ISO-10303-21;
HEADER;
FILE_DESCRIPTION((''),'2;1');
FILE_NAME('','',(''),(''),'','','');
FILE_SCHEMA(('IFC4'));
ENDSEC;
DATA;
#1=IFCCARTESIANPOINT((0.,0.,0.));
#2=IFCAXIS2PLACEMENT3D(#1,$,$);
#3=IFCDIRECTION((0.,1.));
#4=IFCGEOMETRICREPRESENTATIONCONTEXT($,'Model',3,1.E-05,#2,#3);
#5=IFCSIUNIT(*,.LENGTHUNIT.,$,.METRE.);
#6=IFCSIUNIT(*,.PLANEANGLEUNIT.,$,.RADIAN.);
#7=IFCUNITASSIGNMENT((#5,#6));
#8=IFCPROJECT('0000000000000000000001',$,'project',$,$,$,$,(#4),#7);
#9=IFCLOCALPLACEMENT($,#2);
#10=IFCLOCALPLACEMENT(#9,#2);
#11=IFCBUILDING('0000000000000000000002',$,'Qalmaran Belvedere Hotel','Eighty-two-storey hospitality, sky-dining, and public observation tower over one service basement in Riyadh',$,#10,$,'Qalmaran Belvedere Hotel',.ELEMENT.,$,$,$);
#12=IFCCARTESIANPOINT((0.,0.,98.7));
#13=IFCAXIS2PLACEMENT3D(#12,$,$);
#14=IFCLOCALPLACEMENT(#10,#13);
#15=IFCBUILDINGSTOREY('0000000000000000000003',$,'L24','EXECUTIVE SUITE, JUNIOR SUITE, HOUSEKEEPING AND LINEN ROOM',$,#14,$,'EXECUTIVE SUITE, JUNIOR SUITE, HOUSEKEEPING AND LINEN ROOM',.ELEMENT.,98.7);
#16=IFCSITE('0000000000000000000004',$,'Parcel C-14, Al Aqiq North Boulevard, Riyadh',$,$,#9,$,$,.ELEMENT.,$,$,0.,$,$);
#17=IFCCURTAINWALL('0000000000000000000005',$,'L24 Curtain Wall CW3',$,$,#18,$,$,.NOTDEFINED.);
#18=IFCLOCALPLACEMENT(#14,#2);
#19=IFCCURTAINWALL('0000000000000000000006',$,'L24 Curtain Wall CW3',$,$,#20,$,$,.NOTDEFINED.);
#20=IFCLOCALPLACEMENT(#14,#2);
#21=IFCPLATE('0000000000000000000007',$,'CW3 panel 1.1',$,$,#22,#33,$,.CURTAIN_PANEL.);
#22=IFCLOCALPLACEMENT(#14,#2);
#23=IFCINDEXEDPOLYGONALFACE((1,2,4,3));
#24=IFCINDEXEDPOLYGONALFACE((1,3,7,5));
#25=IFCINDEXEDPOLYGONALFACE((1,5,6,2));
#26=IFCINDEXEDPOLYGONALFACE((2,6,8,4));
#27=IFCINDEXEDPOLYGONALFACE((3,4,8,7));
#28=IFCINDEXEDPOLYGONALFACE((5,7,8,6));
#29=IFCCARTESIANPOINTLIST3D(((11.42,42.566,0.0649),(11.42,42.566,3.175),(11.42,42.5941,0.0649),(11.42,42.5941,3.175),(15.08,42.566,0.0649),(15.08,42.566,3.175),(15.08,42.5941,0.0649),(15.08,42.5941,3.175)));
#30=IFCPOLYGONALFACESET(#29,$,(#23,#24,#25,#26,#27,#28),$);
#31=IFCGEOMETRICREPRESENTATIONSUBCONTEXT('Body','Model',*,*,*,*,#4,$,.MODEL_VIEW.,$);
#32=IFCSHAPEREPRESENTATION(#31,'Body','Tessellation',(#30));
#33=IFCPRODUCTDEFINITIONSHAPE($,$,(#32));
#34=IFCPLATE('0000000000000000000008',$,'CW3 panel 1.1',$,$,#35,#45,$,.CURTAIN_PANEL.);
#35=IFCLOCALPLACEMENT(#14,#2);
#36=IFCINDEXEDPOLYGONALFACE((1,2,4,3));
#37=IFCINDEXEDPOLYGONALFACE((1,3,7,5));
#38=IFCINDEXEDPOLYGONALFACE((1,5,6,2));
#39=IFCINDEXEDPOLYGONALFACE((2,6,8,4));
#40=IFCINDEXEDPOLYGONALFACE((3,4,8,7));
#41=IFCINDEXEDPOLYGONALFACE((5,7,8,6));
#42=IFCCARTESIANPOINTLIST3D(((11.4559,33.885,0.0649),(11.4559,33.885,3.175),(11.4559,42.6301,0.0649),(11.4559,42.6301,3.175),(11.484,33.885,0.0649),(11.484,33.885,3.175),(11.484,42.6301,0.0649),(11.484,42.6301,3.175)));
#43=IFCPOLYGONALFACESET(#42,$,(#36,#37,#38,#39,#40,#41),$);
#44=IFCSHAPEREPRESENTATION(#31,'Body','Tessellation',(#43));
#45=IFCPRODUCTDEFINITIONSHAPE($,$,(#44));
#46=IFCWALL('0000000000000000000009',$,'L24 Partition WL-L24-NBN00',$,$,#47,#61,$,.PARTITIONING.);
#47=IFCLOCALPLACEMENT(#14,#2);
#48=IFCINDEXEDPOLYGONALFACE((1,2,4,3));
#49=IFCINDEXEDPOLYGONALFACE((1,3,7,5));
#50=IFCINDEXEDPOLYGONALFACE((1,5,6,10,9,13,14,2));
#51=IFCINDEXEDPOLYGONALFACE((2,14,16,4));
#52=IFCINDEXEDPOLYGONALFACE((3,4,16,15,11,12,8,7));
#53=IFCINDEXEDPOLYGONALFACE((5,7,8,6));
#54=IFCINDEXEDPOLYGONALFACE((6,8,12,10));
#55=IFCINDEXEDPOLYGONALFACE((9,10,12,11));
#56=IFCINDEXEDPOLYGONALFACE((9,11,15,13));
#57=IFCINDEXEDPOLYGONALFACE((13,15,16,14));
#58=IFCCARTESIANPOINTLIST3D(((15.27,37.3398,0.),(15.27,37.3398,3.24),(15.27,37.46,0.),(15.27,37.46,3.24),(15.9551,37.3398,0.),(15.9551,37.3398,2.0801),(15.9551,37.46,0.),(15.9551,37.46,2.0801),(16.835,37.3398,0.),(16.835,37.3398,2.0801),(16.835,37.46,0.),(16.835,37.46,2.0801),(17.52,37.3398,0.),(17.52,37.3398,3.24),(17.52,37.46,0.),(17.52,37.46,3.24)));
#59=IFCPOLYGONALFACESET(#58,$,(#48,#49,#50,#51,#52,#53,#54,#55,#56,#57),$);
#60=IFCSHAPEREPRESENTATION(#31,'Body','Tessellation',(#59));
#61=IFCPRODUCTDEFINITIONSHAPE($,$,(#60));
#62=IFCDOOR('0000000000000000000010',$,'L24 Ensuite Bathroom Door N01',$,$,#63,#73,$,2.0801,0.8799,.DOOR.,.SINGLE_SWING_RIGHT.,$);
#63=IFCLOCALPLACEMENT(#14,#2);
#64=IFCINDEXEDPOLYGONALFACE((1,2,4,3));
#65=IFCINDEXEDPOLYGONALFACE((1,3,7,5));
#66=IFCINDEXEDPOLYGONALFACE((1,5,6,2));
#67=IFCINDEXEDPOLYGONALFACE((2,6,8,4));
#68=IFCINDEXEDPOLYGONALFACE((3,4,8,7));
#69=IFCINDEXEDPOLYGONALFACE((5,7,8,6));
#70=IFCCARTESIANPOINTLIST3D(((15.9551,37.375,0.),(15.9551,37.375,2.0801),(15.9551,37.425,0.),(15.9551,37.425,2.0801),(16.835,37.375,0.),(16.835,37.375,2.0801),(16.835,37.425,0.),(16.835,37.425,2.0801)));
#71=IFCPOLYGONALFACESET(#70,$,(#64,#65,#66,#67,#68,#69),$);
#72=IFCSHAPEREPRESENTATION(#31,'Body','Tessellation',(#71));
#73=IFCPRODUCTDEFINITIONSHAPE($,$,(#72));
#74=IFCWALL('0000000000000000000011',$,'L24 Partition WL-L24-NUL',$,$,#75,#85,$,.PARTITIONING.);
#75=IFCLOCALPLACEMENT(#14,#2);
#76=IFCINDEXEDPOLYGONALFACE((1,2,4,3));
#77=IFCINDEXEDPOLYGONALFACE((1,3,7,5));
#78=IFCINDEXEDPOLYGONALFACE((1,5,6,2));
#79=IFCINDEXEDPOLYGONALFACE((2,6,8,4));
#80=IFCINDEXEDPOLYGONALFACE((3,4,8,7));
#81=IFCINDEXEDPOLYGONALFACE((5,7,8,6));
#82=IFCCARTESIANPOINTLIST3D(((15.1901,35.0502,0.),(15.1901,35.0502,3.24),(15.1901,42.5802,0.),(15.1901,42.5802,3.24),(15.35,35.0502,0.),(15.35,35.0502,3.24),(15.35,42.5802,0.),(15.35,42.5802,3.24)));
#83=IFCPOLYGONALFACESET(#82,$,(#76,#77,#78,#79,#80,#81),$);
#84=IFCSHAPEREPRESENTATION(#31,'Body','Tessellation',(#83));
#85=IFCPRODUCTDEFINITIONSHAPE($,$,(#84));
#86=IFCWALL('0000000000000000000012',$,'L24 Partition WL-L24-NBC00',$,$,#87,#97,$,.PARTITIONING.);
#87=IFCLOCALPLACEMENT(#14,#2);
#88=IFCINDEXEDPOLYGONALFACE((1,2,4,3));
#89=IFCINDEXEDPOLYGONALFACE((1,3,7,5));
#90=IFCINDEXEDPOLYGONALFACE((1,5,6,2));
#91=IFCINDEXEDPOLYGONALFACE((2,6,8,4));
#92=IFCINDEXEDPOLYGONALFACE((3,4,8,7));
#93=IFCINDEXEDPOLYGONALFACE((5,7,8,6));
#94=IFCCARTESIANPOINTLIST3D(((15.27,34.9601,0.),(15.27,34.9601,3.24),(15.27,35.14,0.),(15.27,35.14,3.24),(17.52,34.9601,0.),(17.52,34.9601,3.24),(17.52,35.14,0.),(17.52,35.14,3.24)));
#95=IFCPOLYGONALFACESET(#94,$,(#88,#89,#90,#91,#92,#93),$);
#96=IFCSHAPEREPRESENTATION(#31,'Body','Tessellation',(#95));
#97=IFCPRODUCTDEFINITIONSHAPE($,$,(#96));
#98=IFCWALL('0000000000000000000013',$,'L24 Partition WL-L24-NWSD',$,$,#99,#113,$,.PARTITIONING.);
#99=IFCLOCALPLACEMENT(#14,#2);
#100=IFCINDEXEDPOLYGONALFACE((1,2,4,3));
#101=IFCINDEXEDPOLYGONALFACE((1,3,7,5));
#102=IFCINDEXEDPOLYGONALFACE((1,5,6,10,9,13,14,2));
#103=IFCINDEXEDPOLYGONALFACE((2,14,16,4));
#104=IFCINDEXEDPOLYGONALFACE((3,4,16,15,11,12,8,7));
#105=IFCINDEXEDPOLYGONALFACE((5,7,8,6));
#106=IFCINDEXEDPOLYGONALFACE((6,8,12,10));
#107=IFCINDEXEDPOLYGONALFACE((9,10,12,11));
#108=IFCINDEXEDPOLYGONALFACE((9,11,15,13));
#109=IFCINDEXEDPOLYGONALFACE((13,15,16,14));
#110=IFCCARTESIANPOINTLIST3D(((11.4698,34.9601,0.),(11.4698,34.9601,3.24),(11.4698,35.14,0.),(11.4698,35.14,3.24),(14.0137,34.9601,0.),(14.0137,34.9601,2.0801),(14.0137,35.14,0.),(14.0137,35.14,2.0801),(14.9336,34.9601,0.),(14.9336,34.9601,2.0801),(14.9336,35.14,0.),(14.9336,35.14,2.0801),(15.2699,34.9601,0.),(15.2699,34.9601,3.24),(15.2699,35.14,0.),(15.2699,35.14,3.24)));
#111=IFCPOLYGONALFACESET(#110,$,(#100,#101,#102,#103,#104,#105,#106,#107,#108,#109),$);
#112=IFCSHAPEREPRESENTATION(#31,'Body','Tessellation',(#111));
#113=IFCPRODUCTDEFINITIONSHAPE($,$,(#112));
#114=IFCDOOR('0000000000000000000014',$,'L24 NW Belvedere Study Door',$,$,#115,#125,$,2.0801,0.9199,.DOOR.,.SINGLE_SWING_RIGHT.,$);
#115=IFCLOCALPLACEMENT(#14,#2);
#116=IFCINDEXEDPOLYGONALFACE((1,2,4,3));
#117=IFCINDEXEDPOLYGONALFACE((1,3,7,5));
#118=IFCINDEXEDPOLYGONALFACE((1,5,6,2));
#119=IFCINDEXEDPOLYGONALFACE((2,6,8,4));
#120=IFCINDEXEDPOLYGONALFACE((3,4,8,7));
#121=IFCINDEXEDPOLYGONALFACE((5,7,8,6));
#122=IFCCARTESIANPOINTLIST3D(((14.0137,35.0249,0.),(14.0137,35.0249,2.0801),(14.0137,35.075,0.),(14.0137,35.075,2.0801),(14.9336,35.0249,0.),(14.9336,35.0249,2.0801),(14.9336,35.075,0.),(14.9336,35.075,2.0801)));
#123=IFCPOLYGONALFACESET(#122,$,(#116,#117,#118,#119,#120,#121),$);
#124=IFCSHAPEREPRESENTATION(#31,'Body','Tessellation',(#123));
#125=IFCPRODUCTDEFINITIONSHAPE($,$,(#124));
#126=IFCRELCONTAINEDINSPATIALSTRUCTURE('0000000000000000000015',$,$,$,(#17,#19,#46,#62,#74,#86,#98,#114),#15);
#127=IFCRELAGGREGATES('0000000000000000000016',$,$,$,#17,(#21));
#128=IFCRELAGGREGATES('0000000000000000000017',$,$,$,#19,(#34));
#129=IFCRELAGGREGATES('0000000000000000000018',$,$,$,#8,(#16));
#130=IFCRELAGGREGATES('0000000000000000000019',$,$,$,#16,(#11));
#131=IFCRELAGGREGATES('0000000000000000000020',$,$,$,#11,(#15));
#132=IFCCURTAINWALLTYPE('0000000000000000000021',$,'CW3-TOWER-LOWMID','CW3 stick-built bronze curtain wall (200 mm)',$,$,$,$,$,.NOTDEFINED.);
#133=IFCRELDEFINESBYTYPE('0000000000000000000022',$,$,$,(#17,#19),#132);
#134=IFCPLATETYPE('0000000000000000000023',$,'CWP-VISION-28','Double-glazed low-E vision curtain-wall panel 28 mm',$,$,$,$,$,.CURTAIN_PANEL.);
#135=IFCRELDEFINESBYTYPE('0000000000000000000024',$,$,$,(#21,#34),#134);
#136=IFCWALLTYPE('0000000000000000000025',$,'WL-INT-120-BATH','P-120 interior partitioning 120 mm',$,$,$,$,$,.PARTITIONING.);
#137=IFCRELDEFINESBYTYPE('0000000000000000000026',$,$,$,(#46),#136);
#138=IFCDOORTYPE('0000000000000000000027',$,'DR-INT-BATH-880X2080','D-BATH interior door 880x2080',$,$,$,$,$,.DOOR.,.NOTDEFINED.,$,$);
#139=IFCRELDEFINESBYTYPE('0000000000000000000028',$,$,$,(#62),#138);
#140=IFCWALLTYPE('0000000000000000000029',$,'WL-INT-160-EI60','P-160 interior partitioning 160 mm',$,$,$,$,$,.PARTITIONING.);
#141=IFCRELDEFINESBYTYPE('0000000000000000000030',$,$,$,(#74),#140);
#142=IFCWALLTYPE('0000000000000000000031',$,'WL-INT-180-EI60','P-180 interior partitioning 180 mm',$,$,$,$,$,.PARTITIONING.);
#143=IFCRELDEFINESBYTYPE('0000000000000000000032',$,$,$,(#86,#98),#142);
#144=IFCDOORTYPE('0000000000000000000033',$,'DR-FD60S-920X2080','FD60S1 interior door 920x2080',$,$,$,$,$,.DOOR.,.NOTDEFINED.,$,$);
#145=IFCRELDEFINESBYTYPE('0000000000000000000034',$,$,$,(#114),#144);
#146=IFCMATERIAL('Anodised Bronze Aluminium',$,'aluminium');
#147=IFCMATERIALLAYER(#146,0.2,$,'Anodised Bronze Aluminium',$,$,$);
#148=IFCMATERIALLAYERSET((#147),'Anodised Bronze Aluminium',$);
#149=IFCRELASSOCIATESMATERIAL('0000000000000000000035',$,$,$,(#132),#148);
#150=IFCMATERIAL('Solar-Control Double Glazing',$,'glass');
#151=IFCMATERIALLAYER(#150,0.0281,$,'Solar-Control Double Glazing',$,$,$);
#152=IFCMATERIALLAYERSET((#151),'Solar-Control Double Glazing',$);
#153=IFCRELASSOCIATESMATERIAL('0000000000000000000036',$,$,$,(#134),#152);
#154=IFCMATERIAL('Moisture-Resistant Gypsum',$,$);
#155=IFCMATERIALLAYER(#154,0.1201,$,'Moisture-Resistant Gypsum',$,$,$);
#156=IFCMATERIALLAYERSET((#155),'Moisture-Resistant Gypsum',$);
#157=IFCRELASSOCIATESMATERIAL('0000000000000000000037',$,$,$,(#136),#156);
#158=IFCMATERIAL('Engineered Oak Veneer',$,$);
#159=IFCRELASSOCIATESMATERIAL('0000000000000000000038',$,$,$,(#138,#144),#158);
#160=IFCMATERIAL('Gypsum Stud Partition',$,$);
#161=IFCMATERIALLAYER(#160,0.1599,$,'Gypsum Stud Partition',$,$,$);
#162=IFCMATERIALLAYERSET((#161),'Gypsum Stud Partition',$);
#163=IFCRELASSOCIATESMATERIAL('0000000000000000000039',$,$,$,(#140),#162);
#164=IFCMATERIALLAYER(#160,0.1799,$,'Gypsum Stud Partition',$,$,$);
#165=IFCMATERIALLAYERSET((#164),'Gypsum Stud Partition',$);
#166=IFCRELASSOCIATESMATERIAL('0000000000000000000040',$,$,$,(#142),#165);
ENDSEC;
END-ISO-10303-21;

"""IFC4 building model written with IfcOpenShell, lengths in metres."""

from ifc_helpers import new_model, si_unit, direction, frame, frame_2d, origin, origin_2d, place, context, subcontext, project, spatial, rectangle, extrude, material, layer, layer_set, type_object, element, fill, aggregate, save


model = new_model("IFC4")

# Units and contexts
model_context = context("Model", 3, precision=1e-05, world=origin(), true_north=direction((0.0, 1.0)))
body_context = subcontext(model_context, "Body", "Model", "MODEL_VIEW")
ifc_project = project(units=[si_unit("LENGTHUNIT", "METRE"), si_unit("PLANEANGLEUNIT", "RADIAN")], contexts=[model_context])

# Site, building, storey
site_placement = place(None, origin())
site = spatial("IfcSite", under=ifc_project, at=site_placement, Name="Parcel C-14, Al Aqiq North Boulevard, Riyadh", CompositionType="ELEMENT", RefElevation=0.0)
building_placement = place(site_placement, origin())
building = spatial("IfcBuilding", under=site, at=building_placement, Name="Qalmaran Belvedere Hotel", Description="Eighty-two-storey hospitality, sky-dining, and public observation tower over one service basement in Riyadh", LongName="Qalmaran Belvedere Hotel", CompositionType="ELEMENT")
storey_placement = place(building_placement, frame((0.0, 0.0, 98.7)))
storey = spatial("IfcBuildingStorey", under=building, at=storey_placement, Name="L24", Description="EXECUTIVE SUITE, JUNIOR SUITE, HOUSEKEEPING AND LINEN ROOM", LongName="EXECUTIVE SUITE, JUNIOR SUITE, HOUSEKEEPING AND LINEN ROOM", CompositionType="ELEMENT", Elevation=98.7)

# Shared definitions
ifc_material_1 = material(Name="Anodised Bronze Aluminium", Category="aluminium")
ifc_layer_1 = layer(ifc_material_1, 0.2, Name="Anodised Bronze Aluminium")
ifc_layer_set_1 = layer_set([ifc_layer_1], Name="Anodised Bronze Aluminium")
curtain_wall_type = type_object("IfcCurtainWallType", Name="CW3-TOWER-LOWMID", Description="CW3 stick-built bronze curtain wall (200 mm)", PredefinedType="NOTDEFINED", material=ifc_layer_set_1)

# Curtain walls
curtain_wall_1_placement = place(storey_placement, origin())
curtain_wall_1 = element("IfcCurtainWall", 1, at=curtain_wall_1_placement, inside=storey, type_object=curtain_wall_type, Name="L24 Curtain Wall CW3", PredefinedType="NOTDEFINED")
curtain_wall_2_placement = place(storey_placement, origin())
curtain_wall_2 = element("IfcCurtainWall", 2, at=curtain_wall_2_placement, inside=storey, type_object=curtain_wall_type, Name="L24 Curtain Wall CW3", PredefinedType="NOTDEFINED")

# Plates
ifc_material_2 = material(Name="Solar-Control Double Glazing", Category="glass")
ifc_layer_2 = layer(ifc_material_2, 0.0281, Name="Solar-Control Double Glazing")
ifc_layer_set_2 = layer_set([ifc_layer_2], Name="Solar-Control Double Glazing")
plate_type = type_object("IfcPlateType", Name="CWP-VISION-28", Description="Double-glazed low-E vision curtain-wall panel 28 mm", PredefinedType="CURTAIN_PANEL", material=ifc_layer_set_2)
plate_1_placement = place(storey_placement, frame((13.25, 42.5801, 0.0649), z_axis=(0.0, 0.0, 1.0), x_axis=(-1.0, 0.0, 0.0)))
plate_1 = element("IfcPlate", 3, at=plate_1_placement, type_object=plate_type, Name="CW3 panel 1.1", PredefinedType="CURTAIN_PANEL", context=body_context, shape_type="SweptSolid", body=[
    extrude(rectangle(XDim=3.6599, YDim=0.0281, at=origin_2d()), origin(), (0.0, 0.0, 1.0), 3.1101),
])
aggregate(curtain_wall_1, [plate_1])
plate_2_placement = place(storey_placement, frame((11.47, 38.2576, 0.0649), z_axis=(0.0, 0.0, 1.0), x_axis=(0.0, -1.0, 0.0)))
plate_2 = element("IfcPlate", 4, at=plate_2_placement, type_object=plate_type, Name="CW3 panel 1.1", PredefinedType="CURTAIN_PANEL", context=body_context, shape_type="SweptSolid", body=[
    extrude(rectangle(XDim=8.7451, YDim=0.0281, at=origin_2d()), origin(), (0.0, 0.0, 1.0), 3.1101),
])
aggregate(curtain_wall_2, [plate_2])

# Wall, opening, door
ifc_material_3 = material(Name="Moisture-Resistant Gypsum")
ifc_layer_3 = layer(ifc_material_3, 0.1201, Name="Moisture-Resistant Gypsum")
ifc_layer_set_3 = layer_set([ifc_layer_3], Name="Moisture-Resistant Gypsum")
wall_type_1 = type_object("IfcWallType", Name="WL-INT-120-BATH", Description="P-120 interior partitioning 120 mm", PredefinedType="PARTITIONING", material=ifc_layer_set_3)
wall_1_placement = place(storey_placement, frame((15.27, 37.3999, 0.0), z_axis=(0.0, 0.0, 1.0), x_axis=(1.0, 0.0, 0.0)))
wall_1 = element("IfcWall", 5, at=wall_1_placement, inside=storey, type_object=wall_type_1, Name="L24 Partition WL-L24-NBN00", PredefinedType="PARTITIONING", context=body_context, shape_type="SweptSolid", body=[
    extrude(rectangle(XDim=2.25, YDim=0.1201, at=frame_2d((1.125, 0.0))), origin(), (0.0, 0.0, 1.0), 3.24),
])
opening_1_placement = place(wall_1_placement, frame((1.5649, 0.0, 0.0), z_axis=(0.0, 0.0, 1.0), x_axis=(-1.0, 0.0, 0.0)))
opening_1 = element("IfcOpeningElement", 6, at=opening_1_placement, cuts=wall_1, PredefinedType="OPENING", context=body_context, shape_type="SweptSolid", body=[
    extrude(rectangle(XDim=0.8799, YDim=2.0801, at=frame_2d((0.4399, 1.04))), frame((0.0, 0.0701, 0.0), z_axis=(0.0, -1.0, 0.0), x_axis=(1.0, 0.0, 0.0)), (0.0, 0.0, 1.0), 0.1401),
])
ifc_material_4 = material(Name="Engineered Oak Veneer")
door_type_1 = type_object("IfcDoorType", Name="DR-INT-BATH-880X2080", Description="D-BATH interior door 880x2080", OperationType="NOTDEFINED", PredefinedType="DOOR", material=ifc_material_4)
door_1_placement = place(opening_1_placement, origin())
door_1 = element("IfcDoor", 7, at=door_1_placement, inside=storey, type_object=door_type_1, Name="L24 Ensuite Bathroom Door N01", OperationType="SINGLE_SWING_RIGHT", OverallHeight=2.0801, OverallWidth=0.8799, PredefinedType="DOOR", context=body_context, shape_type="SweptSolid", body=[
    extrude(rectangle(XDim=0.8799, YDim=2.0801, at=frame_2d((0.4399, 1.04))), frame((0.0, 0.0249, 0.0), z_axis=(0.0, -1.0, 0.0), x_axis=(1.0, 0.0, 0.0)), (0.0, 0.0, 1.0), 0.05),
])
fill(opening_1, door_1)

# Walls
ifc_material_5 = material(Name="Gypsum Stud Partition")
ifc_layer_4 = layer(ifc_material_5, 0.1599, Name="Gypsum Stud Partition")
ifc_layer_set_4 = layer_set([ifc_layer_4], Name="Gypsum Stud Partition")
wall_type_2 = type_object("IfcWallType", Name="WL-INT-160-EI60", Description="P-160 interior partitioning 160 mm", PredefinedType="PARTITIONING", material=ifc_layer_set_4)
wall_2_placement = place(storey_placement, frame((15.27, 35.05, 0.0), z_axis=(0.0, 0.0, 1.0), x_axis=(0.0, 1.0, 0.0)))
element("IfcWall", 8, at=wall_2_placement, inside=storey, type_object=wall_type_2, Name="L24 Partition WL-L24-NUL", PredefinedType="PARTITIONING", context=body_context, shape_type="SweptSolid", body=[
    extrude(rectangle(XDim=7.53, YDim=0.1599, at=frame_2d((3.7651, 0.0))), origin(), (0.0, 0.0, 1.0), 3.24),
])
ifc_layer_5 = layer(ifc_material_5, 0.1799, Name="Gypsum Stud Partition")
ifc_layer_set_5 = layer_set([ifc_layer_5], Name="Gypsum Stud Partition")
wall_type_3 = type_object("IfcWallType", Name="WL-INT-180-EI60", Description="P-180 interior partitioning 180 mm", PredefinedType="PARTITIONING", material=ifc_layer_set_5)
wall_3_placement = place(storey_placement, frame((15.27, 35.05, 0.0), z_axis=(0.0, 0.0, 1.0), x_axis=(1.0, 0.0, 0.0)))
element("IfcWall", 9, at=wall_3_placement, inside=storey, type_object=wall_type_3, Name="L24 Partition WL-L24-NBC00", PredefinedType="PARTITIONING", context=body_context, shape_type="SweptSolid", body=[
    extrude(rectangle(XDim=2.25, YDim=0.1799, at=frame_2d((1.125, 0.0))), origin(), (0.0, 0.0, 1.0), 3.24),
])

# Wall, opening, door
wall_4_placement = place(storey_placement, frame((11.47, 35.05, 0.0), z_axis=(0.0, 0.0, 1.0), x_axis=(1.0, 0.0, 0.0)))
wall_4 = element("IfcWall", 10, at=wall_4_placement, inside=storey, type_object=wall_type_3, Name="L24 Partition WL-L24-NWSD", PredefinedType="PARTITIONING", context=body_context, shape_type="SweptSolid", body=[
    extrude(rectangle(XDim=3.8, YDim=0.1799, at=frame_2d((1.8999, 0.0))), origin(), (0.0, 0.0, 1.0), 3.24),
])
opening_2_placement = place(wall_4_placement, frame((2.5437, 0.0, 0.0)))
opening_2 = element("IfcOpeningElement", 11, at=opening_2_placement, cuts=wall_4, PredefinedType="OPENING", context=body_context, shape_type="SweptSolid", body=[
    extrude(rectangle(XDim=0.9199, YDim=2.0801, at=frame_2d((0.46, 1.04))), frame((0.0, 0.1001, 0.0), z_axis=(0.0, -1.0, 0.0), x_axis=(1.0, 0.0, 0.0)), (0.0, 0.0, 1.0), 0.2),
])
door_type_2 = type_object("IfcDoorType", Name="DR-FD60S-920X2080", Description="FD60S1 interior door 920x2080", OperationType="NOTDEFINED", PredefinedType="DOOR", material=ifc_material_4)
door_2_placement = place(opening_2_placement, origin())
door_2 = element("IfcDoor", 12, at=door_2_placement, inside=storey, type_object=door_type_2, Name="L24 NW Belvedere Study Door", OperationType="SINGLE_SWING_RIGHT", OverallHeight=2.0801, OverallWidth=0.9199, PredefinedType="DOOR", context=body_context, shape_type="SweptSolid", body=[
    extrude(rectangle(XDim=0.9199, YDim=2.0801, at=frame_2d((0.46, 1.04))), frame((0.0, 0.0249, 0.0), z_axis=(0.0, -1.0, 0.0), x_axis=(1.0, 0.0, 0.0)), (0.0, 0.0, 1.0), 0.05),
])
fill(opening_2, door_2)

save(model, "model.ifc")
